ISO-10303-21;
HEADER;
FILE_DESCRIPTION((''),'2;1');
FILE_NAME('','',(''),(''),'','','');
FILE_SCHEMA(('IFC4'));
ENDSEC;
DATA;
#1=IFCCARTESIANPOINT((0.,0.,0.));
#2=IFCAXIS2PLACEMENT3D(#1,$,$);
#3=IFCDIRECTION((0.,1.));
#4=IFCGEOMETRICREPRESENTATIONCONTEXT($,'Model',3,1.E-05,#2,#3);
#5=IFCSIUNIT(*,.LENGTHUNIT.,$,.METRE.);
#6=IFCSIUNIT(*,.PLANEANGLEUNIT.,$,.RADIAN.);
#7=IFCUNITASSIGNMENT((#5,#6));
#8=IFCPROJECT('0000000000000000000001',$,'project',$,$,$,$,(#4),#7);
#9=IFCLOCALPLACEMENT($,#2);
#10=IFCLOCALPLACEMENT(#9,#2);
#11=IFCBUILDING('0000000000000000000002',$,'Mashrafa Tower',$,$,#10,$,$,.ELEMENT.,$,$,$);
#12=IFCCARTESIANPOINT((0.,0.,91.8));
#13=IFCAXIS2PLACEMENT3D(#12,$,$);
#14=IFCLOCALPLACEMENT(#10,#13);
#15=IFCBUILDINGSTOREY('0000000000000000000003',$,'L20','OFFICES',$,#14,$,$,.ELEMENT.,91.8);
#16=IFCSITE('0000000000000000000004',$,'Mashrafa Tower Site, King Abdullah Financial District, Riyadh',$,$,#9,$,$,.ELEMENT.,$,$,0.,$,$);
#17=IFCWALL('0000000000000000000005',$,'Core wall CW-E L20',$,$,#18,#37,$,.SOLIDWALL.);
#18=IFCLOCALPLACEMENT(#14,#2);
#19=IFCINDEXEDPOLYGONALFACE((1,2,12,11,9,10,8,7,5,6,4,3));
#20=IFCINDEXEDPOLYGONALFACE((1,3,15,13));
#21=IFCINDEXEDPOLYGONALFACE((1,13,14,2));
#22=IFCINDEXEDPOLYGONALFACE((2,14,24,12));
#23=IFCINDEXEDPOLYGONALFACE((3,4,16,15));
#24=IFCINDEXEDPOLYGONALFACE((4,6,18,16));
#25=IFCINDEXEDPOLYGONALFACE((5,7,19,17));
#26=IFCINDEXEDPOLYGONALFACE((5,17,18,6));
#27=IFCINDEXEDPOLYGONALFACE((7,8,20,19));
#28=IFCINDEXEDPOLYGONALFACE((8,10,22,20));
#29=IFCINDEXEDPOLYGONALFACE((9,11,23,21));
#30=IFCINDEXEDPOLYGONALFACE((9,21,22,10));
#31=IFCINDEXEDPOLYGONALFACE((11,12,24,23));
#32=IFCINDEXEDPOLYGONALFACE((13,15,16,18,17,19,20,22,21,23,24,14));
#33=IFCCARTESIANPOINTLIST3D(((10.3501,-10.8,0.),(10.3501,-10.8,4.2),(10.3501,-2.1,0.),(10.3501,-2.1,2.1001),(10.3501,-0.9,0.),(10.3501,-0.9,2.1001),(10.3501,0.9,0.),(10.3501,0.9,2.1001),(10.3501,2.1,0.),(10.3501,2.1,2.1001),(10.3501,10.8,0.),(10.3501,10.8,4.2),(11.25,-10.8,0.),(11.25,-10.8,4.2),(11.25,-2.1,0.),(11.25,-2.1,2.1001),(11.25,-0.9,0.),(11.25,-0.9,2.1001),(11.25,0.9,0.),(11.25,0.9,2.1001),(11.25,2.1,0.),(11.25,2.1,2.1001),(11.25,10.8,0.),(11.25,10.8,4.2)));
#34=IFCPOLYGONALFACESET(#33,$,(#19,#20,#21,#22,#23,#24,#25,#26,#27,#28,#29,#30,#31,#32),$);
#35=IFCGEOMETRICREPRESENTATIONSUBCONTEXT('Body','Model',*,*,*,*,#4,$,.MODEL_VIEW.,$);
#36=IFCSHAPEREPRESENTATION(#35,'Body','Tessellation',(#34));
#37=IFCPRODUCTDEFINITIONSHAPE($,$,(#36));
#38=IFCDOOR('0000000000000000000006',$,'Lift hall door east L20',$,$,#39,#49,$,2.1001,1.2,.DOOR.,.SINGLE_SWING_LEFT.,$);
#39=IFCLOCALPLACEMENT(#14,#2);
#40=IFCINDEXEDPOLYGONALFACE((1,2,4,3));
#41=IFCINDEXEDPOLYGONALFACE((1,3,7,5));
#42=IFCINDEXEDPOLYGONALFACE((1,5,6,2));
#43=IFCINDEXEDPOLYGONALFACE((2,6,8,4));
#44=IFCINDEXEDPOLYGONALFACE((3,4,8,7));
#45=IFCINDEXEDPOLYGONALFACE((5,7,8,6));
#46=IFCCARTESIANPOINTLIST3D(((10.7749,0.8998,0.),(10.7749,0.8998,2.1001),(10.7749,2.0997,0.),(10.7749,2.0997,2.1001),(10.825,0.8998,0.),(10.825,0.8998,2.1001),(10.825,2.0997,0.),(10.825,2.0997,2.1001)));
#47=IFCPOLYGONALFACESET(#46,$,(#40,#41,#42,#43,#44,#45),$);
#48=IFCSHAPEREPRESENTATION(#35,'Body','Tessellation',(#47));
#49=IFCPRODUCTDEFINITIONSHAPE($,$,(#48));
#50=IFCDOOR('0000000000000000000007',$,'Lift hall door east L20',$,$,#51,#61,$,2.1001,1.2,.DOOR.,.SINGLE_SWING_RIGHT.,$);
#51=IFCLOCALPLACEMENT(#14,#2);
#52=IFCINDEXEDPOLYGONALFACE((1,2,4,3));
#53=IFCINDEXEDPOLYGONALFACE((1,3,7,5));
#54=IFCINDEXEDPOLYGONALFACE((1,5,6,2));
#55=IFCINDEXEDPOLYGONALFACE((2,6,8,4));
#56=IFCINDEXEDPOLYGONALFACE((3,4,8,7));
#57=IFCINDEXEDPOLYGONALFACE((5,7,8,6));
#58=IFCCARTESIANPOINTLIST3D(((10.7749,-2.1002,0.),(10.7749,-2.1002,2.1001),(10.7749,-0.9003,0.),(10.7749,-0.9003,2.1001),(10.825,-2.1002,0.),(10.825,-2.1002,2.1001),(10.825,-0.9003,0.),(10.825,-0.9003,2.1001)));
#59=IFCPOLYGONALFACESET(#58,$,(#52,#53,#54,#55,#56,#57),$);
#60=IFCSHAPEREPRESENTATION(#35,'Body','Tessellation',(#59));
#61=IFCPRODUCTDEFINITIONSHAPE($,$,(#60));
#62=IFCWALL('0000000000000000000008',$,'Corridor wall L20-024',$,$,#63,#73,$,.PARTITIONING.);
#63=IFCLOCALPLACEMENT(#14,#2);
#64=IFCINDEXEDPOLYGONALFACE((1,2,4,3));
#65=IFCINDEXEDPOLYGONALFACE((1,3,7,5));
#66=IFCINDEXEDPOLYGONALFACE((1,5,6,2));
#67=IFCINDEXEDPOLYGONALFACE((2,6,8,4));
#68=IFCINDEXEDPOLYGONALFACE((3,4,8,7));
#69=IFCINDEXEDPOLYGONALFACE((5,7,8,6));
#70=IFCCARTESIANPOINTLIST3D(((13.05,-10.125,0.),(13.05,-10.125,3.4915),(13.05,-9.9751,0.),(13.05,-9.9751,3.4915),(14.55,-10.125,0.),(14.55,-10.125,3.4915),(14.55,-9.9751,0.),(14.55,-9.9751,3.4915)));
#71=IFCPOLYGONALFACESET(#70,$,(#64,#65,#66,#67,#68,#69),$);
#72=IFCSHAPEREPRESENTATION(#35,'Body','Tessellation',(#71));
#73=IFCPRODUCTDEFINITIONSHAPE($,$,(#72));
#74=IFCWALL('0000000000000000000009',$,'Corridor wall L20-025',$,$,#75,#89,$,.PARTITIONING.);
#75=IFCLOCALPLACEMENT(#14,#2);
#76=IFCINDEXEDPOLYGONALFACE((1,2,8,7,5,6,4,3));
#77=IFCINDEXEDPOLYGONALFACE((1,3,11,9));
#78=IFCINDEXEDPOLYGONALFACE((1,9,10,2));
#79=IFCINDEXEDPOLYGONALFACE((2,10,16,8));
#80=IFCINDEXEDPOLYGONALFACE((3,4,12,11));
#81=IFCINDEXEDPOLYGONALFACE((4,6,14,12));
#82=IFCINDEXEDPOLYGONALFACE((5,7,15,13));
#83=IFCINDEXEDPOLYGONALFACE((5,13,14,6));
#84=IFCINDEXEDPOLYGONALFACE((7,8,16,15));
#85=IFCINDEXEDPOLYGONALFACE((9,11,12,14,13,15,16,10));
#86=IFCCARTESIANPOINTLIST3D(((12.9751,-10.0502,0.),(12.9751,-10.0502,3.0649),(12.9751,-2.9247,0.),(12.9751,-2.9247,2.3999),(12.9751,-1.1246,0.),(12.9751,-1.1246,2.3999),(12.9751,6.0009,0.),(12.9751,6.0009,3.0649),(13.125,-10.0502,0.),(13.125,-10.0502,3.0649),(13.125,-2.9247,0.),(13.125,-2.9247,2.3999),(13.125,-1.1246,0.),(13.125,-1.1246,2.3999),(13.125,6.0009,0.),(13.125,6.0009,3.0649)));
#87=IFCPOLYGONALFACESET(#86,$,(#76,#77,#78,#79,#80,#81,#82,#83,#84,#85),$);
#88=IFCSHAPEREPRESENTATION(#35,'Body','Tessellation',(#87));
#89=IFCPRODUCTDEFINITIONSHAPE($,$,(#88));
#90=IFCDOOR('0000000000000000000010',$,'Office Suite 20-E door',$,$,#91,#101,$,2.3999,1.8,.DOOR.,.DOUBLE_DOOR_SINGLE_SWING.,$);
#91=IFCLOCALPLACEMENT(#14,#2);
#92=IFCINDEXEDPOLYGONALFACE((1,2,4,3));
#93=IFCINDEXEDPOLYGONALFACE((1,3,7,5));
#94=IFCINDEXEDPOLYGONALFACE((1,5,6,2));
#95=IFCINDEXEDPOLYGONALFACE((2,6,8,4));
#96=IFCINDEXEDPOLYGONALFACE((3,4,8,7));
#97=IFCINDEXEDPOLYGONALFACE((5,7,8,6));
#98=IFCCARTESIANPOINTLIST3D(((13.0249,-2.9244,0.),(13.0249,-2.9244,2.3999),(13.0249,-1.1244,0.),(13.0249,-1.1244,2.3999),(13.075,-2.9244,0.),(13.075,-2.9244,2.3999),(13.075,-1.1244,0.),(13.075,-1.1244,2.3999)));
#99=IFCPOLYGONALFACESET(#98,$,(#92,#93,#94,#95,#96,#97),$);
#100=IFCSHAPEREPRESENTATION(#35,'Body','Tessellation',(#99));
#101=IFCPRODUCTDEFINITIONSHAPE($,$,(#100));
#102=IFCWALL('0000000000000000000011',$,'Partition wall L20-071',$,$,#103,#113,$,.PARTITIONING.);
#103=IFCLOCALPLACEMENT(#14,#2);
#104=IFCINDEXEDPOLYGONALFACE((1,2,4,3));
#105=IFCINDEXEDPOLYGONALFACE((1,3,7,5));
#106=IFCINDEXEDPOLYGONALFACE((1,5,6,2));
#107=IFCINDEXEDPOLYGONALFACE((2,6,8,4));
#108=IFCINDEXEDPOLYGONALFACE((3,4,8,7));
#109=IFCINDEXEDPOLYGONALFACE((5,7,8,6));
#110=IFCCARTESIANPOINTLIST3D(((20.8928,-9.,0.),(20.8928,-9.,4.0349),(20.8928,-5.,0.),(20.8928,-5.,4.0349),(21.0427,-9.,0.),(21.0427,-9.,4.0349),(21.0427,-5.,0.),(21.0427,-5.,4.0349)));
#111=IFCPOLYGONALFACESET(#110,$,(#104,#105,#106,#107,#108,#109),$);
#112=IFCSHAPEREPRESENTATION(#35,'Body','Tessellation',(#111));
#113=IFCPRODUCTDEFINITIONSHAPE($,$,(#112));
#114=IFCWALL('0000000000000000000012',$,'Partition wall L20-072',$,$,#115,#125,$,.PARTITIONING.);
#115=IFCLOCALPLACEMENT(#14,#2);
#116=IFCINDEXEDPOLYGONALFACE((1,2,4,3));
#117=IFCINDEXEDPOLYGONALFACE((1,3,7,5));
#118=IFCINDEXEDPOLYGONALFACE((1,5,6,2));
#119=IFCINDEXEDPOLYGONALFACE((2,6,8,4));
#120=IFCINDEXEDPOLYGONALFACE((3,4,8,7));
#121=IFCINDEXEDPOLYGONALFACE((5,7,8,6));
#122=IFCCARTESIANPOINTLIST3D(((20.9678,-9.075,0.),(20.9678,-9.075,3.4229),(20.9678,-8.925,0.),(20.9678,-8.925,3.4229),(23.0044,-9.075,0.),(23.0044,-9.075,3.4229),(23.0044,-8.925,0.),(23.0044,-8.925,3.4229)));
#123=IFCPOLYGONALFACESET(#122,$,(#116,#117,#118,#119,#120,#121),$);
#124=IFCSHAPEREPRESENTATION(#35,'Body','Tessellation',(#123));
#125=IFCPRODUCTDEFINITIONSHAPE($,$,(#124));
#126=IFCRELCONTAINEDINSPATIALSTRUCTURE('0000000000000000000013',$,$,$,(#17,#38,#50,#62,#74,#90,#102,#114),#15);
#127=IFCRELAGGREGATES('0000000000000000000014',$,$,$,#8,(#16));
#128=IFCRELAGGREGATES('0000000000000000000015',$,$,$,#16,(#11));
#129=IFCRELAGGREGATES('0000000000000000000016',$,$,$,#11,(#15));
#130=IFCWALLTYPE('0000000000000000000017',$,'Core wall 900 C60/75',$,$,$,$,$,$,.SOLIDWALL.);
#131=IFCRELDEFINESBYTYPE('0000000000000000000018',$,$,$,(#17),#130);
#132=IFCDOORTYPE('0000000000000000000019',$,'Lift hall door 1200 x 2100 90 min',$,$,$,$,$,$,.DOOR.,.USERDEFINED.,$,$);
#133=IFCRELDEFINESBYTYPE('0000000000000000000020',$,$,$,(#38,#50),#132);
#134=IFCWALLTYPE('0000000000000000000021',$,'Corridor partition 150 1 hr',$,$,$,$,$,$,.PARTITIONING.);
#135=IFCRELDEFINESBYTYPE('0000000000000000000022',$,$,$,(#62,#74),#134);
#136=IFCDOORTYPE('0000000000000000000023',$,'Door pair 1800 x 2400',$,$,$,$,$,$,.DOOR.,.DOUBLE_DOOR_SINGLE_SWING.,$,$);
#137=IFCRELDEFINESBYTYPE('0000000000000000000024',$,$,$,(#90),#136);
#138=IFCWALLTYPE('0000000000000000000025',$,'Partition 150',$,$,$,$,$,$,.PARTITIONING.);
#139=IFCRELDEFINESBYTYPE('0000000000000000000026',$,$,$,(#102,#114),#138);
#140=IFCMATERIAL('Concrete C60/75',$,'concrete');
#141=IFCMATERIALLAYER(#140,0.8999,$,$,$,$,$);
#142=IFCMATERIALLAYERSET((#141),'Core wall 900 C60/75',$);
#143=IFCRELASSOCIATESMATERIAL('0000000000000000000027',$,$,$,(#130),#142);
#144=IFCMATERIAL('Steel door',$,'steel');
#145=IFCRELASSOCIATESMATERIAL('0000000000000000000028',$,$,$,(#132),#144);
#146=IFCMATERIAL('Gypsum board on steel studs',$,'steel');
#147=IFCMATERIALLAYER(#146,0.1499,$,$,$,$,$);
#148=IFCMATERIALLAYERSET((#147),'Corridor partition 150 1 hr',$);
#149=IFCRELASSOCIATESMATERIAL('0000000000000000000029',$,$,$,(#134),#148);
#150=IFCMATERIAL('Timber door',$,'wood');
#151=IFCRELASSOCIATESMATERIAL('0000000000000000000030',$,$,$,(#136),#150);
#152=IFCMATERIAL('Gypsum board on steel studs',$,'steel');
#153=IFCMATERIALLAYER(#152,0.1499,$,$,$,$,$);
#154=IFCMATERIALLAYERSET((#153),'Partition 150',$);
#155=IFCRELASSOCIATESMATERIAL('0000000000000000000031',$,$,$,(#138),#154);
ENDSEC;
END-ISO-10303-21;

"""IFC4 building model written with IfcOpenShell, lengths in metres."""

from ifc_helpers import new_model, si_unit, direction, frame, frame_2d, origin, place, context, subcontext, project, spatial, rectangle, extrude, material, layer, layer_set, type_object, element, fill, save


model = new_model("IFC4")

# Units and contexts
model_context = context("Model", 3, precision=1e-05, world=origin(), true_north=direction((0.0, 1.0)))
body_context = subcontext(model_context, "Body", "Model", "MODEL_VIEW")
ifc_project = project(units=[si_unit("LENGTHUNIT", "METRE"), si_unit("PLANEANGLEUNIT", "RADIAN")], contexts=[model_context])

# Site, building, storey
site_placement = place(None, origin())
site = spatial("IfcSite", under=ifc_project, at=site_placement, Name="Mashrafa Tower Site, King Abdullah Financial District, Riyadh", CompositionType="ELEMENT", RefElevation=0.0)
building_placement = place(site_placement, origin())
building = spatial("IfcBuilding", under=site, at=building_placement, Name="Mashrafa Tower", CompositionType="ELEMENT")
storey_placement = place(building_placement, frame((0.0, 0.0, 91.8)))
storey = spatial("IfcBuildingStorey", under=building, at=storey_placement, Name="L20", Description="OFFICES", CompositionType="ELEMENT", Elevation=91.8)

# Wall, openings, doors
ifc_material_1 = material(Name="Concrete C60/75", Category="concrete")
ifc_layer_1 = layer(ifc_material_1, 0.8999)
ifc_layer_set_1 = layer_set([ifc_layer_1], Name="Core wall 900 C60/75")
wall_type_1 = type_object("IfcWallType", Name="Core wall 900 C60/75", PredefinedType="SOLIDWALL", material=ifc_layer_set_1)
wall_1_placement = place(storey_placement, frame((10.8, -10.8, 0.0), z_axis=(0.0, 0.0, 1.0), x_axis=(0.0, 1.0, 0.0)))
wall_1 = element("IfcWall", 1, at=wall_1_placement, inside=storey, type_object=wall_type_1, Name="Core wall CW-E L20", PredefinedType="SOLIDWALL", context=body_context, shape_type="SweptSolid", body=[
    extrude(rectangle(XDim=21.6001, YDim=0.8999, at=frame_2d((10.8, 0.0))), origin(), (0.0, 0.0, 1.0), 4.2),
])
opening_1_placement = place(wall_1_placement, frame((11.7, 0.0, 0.0)))
opening_1 = element("IfcOpeningElement", 2, at=opening_1_placement, cuts=wall_1, PredefinedType="OPENING", context=body_context, shape_type="SweptSolid", body=[
    extrude(rectangle(XDim=1.2, YDim=2.1001, at=frame_2d((0.6001, 1.05))), frame((0.0, 0.46, 0.0), z_axis=(0.0, -1.0, 0.0), x_axis=(1.0, 0.0, 0.0)), (0.0, 0.0, 1.0), 0.9199),
])
opening_2_placement = place(wall_1_placement, frame((8.7, 0.0, 0.0)))
opening_2 = element("IfcOpeningElement", 3, at=opening_2_placement, cuts=wall_1, PredefinedType="OPENING", context=body_context, shape_type="SweptSolid", body=[
    extrude(rectangle(XDim=1.2, YDim=2.1001, at=frame_2d((0.6001, 1.05))), frame((0.0, 0.46, 0.0), z_axis=(0.0, -1.0, 0.0), x_axis=(1.0, 0.0, 0.0)), (0.0, 0.0, 1.0), 0.9199),
])
ifc_material_2 = material(Name="Steel door", Category="steel")
door_type_1 = type_object("IfcDoorType", Name="Lift hall door 1200 x 2100 90 min", OperationType="USERDEFINED", PredefinedType="DOOR", material=ifc_material_2)
door_1_placement = place(opening_1_placement, frame((1.2, 0.0, 0.0), z_axis=(0.0, 0.0, 1.0), x_axis=(-1.0, 0.0, 0.0)))
door_1 = element("IfcDoor", 4, at=door_1_placement, inside=storey, type_object=door_type_1, Name="Lift hall door east L20", OperationType="SINGLE_SWING_LEFT", OverallHeight=2.1001, OverallWidth=1.2, PredefinedType="DOOR", context=body_context, shape_type="SweptSolid", body=[
    extrude(rectangle(XDim=1.2, YDim=2.1001, at=frame_2d((0.6001, 1.05))), frame((0.0, 0.0249, 0.0), z_axis=(0.0, -1.0, 0.0), x_axis=(1.0, 0.0, 0.0)), (0.0, 0.0, 1.0), 0.05),
])
fill(opening_1, door_1)
door_2_placement = place(opening_2_placement, frame((1.2, 0.0, 0.0), z_axis=(0.0, 0.0, 1.0), x_axis=(-1.0, 0.0, 0.0)))
door_2 = element("IfcDoor", 5, at=door_2_placement, inside=storey, type_object=door_type_1, Name="Lift hall door east L20", OperationType="SINGLE_SWING_RIGHT", OverallHeight=2.1001, OverallWidth=1.2, PredefinedType="DOOR", context=body_context, shape_type="SweptSolid", body=[
    extrude(rectangle(XDim=1.2, YDim=2.1001, at=frame_2d((0.6001, 1.05))), frame((0.0, 0.0249, 0.0), z_axis=(0.0, -1.0, 0.0), x_axis=(1.0, 0.0, 0.0)), (0.0, 0.0, 1.0), 0.05),
])
fill(opening_2, door_2)

# Wall
ifc_material_3 = material(Name="Gypsum board on steel studs", Category="steel")
ifc_layer_2 = layer(ifc_material_3, 0.1499)
ifc_layer_set_2 = layer_set([ifc_layer_2], Name="Corridor partition 150 1 hr")
wall_type_2 = type_object("IfcWallType", Name="Corridor partition 150 1 hr", PredefinedType="PARTITIONING", material=ifc_layer_set_2)
wall_2_placement = place(storey_placement, frame((14.55, -10.05, 0.0), z_axis=(0.0, 0.0, 1.0), x_axis=(-1.0, 0.0, 0.0)))
element("IfcWall", 6, at=wall_2_placement, inside=storey, type_object=wall_type_2, Name="Corridor wall L20-024", PredefinedType="PARTITIONING", context=body_context, shape_type="SweptSolid", body=[
    extrude(rectangle(XDim=1.5, YDim=0.1499, at=frame_2d((0.75, 0.0))), origin(), (0.0, 0.0, 1.0), 3.4915),
])

# Wall, opening, door
wall_3_placement = place(storey_placement, frame((13.05, -10.05, 0.0), z_axis=(0.0, 0.0, 1.0), x_axis=(0.0, 1.0, 0.0)))
wall_3 = element("IfcWall", 7, at=wall_3_placement, inside=storey, type_object=wall_type_2, Name="Corridor wall L20-025", PredefinedType="PARTITIONING", context=body_context, shape_type="SweptSolid", body=[
    extrude(rectangle(XDim=16.051, YDim=0.1499, at=frame_2d((8.0254, 0.0))), origin(), (0.0, 0.0, 1.0), 3.0649),
])
opening_3_placement = place(wall_3_placement, frame((7.1255, 0.0, 0.0)))
opening_3 = element("IfcOpeningElement", 8, at=opening_3_placement, cuts=wall_3, PredefinedType="OPENING", context=body_context, shape_type="SweptSolid", body=[
    extrude(rectangle(XDim=1.8, YDim=2.3999, at=frame_2d((0.8999, 1.2))), frame((0.0, 0.085, 0.0), z_axis=(0.0, -1.0, 0.0), x_axis=(1.0, 0.0, 0.0)), (0.0, 0.0, 1.0), 0.1699),
])
ifc_material_4 = material(Name="Timber door", Category="wood")
door_type_2 = type_object("IfcDoorType", Name="Door pair 1800 x 2400", OperationType="DOUBLE_DOOR_SINGLE_SWING", PredefinedType="DOOR", material=ifc_material_4)
door_3_placement = place(opening_3_placement, frame((1.8, 0.0, 0.0), z_axis=(0.0, 0.0, 1.0), x_axis=(-1.0, 0.0, 0.0)))
door_3 = element("IfcDoor", 9, at=door_3_placement, inside=storey, type_object=door_type_2, Name="Office Suite 20-E door", OperationType="DOUBLE_DOOR_SINGLE_SWING", OverallHeight=2.3999, OverallWidth=1.8, PredefinedType="DOOR", context=body_context, shape_type="SweptSolid", body=[
    extrude(rectangle(XDim=1.8, YDim=2.3999, at=frame_2d((0.8999, 1.2))), frame((0.0, 0.0249, 0.0), z_axis=(0.0, -1.0, 0.0), x_axis=(1.0, 0.0, 0.0)), (0.0, 0.0, 1.0), 0.05),
])
fill(opening_3, door_3)

# Walls
ifc_material_5 = material(Name="Gypsum board on steel studs", Category="steel")
ifc_layer_3 = layer(ifc_material_5, 0.1499)
ifc_layer_set_3 = layer_set([ifc_layer_3], Name="Partition 150")
wall_type_3 = type_object("IfcWallType", Name="Partition 150", PredefinedType="PARTITIONING", material=ifc_layer_set_3)
wall_4_placement = place(storey_placement, frame((20.9678, -5.0, 0.0), z_axis=(0.0, 0.0, 1.0), x_axis=(0.0, -1.0, 0.0)))
element("IfcWall", 10, at=wall_4_placement, inside=storey, type_object=wall_type_3, Name="Partition wall L20-071", PredefinedType="PARTITIONING", context=body_context, shape_type="SweptSolid", body=[
    extrude(rectangle(XDim=4.0, YDim=0.1499, at=frame_2d((2.0, 0.0))), origin(), (0.0, 0.0, 1.0), 4.0349),
])
wall_5_placement = place(storey_placement, frame((20.9678, -9.0, 0.0), z_axis=(0.0, 0.0, 1.0), x_axis=(1.0, 0.0, 0.0)))
element("IfcWall", 11, at=wall_5_placement, inside=storey, type_object=wall_type_3, Name="Partition wall L20-072", PredefinedType="PARTITIONING", context=body_context, shape_type="SweptSolid", body=[
    extrude(rectangle(XDim=2.0366, YDim=0.1499, at=frame_2d((1.0183, 0.0))), origin(), (0.0, 0.0, 1.0), 3.4229),
])

save(model, "model.ifc")
